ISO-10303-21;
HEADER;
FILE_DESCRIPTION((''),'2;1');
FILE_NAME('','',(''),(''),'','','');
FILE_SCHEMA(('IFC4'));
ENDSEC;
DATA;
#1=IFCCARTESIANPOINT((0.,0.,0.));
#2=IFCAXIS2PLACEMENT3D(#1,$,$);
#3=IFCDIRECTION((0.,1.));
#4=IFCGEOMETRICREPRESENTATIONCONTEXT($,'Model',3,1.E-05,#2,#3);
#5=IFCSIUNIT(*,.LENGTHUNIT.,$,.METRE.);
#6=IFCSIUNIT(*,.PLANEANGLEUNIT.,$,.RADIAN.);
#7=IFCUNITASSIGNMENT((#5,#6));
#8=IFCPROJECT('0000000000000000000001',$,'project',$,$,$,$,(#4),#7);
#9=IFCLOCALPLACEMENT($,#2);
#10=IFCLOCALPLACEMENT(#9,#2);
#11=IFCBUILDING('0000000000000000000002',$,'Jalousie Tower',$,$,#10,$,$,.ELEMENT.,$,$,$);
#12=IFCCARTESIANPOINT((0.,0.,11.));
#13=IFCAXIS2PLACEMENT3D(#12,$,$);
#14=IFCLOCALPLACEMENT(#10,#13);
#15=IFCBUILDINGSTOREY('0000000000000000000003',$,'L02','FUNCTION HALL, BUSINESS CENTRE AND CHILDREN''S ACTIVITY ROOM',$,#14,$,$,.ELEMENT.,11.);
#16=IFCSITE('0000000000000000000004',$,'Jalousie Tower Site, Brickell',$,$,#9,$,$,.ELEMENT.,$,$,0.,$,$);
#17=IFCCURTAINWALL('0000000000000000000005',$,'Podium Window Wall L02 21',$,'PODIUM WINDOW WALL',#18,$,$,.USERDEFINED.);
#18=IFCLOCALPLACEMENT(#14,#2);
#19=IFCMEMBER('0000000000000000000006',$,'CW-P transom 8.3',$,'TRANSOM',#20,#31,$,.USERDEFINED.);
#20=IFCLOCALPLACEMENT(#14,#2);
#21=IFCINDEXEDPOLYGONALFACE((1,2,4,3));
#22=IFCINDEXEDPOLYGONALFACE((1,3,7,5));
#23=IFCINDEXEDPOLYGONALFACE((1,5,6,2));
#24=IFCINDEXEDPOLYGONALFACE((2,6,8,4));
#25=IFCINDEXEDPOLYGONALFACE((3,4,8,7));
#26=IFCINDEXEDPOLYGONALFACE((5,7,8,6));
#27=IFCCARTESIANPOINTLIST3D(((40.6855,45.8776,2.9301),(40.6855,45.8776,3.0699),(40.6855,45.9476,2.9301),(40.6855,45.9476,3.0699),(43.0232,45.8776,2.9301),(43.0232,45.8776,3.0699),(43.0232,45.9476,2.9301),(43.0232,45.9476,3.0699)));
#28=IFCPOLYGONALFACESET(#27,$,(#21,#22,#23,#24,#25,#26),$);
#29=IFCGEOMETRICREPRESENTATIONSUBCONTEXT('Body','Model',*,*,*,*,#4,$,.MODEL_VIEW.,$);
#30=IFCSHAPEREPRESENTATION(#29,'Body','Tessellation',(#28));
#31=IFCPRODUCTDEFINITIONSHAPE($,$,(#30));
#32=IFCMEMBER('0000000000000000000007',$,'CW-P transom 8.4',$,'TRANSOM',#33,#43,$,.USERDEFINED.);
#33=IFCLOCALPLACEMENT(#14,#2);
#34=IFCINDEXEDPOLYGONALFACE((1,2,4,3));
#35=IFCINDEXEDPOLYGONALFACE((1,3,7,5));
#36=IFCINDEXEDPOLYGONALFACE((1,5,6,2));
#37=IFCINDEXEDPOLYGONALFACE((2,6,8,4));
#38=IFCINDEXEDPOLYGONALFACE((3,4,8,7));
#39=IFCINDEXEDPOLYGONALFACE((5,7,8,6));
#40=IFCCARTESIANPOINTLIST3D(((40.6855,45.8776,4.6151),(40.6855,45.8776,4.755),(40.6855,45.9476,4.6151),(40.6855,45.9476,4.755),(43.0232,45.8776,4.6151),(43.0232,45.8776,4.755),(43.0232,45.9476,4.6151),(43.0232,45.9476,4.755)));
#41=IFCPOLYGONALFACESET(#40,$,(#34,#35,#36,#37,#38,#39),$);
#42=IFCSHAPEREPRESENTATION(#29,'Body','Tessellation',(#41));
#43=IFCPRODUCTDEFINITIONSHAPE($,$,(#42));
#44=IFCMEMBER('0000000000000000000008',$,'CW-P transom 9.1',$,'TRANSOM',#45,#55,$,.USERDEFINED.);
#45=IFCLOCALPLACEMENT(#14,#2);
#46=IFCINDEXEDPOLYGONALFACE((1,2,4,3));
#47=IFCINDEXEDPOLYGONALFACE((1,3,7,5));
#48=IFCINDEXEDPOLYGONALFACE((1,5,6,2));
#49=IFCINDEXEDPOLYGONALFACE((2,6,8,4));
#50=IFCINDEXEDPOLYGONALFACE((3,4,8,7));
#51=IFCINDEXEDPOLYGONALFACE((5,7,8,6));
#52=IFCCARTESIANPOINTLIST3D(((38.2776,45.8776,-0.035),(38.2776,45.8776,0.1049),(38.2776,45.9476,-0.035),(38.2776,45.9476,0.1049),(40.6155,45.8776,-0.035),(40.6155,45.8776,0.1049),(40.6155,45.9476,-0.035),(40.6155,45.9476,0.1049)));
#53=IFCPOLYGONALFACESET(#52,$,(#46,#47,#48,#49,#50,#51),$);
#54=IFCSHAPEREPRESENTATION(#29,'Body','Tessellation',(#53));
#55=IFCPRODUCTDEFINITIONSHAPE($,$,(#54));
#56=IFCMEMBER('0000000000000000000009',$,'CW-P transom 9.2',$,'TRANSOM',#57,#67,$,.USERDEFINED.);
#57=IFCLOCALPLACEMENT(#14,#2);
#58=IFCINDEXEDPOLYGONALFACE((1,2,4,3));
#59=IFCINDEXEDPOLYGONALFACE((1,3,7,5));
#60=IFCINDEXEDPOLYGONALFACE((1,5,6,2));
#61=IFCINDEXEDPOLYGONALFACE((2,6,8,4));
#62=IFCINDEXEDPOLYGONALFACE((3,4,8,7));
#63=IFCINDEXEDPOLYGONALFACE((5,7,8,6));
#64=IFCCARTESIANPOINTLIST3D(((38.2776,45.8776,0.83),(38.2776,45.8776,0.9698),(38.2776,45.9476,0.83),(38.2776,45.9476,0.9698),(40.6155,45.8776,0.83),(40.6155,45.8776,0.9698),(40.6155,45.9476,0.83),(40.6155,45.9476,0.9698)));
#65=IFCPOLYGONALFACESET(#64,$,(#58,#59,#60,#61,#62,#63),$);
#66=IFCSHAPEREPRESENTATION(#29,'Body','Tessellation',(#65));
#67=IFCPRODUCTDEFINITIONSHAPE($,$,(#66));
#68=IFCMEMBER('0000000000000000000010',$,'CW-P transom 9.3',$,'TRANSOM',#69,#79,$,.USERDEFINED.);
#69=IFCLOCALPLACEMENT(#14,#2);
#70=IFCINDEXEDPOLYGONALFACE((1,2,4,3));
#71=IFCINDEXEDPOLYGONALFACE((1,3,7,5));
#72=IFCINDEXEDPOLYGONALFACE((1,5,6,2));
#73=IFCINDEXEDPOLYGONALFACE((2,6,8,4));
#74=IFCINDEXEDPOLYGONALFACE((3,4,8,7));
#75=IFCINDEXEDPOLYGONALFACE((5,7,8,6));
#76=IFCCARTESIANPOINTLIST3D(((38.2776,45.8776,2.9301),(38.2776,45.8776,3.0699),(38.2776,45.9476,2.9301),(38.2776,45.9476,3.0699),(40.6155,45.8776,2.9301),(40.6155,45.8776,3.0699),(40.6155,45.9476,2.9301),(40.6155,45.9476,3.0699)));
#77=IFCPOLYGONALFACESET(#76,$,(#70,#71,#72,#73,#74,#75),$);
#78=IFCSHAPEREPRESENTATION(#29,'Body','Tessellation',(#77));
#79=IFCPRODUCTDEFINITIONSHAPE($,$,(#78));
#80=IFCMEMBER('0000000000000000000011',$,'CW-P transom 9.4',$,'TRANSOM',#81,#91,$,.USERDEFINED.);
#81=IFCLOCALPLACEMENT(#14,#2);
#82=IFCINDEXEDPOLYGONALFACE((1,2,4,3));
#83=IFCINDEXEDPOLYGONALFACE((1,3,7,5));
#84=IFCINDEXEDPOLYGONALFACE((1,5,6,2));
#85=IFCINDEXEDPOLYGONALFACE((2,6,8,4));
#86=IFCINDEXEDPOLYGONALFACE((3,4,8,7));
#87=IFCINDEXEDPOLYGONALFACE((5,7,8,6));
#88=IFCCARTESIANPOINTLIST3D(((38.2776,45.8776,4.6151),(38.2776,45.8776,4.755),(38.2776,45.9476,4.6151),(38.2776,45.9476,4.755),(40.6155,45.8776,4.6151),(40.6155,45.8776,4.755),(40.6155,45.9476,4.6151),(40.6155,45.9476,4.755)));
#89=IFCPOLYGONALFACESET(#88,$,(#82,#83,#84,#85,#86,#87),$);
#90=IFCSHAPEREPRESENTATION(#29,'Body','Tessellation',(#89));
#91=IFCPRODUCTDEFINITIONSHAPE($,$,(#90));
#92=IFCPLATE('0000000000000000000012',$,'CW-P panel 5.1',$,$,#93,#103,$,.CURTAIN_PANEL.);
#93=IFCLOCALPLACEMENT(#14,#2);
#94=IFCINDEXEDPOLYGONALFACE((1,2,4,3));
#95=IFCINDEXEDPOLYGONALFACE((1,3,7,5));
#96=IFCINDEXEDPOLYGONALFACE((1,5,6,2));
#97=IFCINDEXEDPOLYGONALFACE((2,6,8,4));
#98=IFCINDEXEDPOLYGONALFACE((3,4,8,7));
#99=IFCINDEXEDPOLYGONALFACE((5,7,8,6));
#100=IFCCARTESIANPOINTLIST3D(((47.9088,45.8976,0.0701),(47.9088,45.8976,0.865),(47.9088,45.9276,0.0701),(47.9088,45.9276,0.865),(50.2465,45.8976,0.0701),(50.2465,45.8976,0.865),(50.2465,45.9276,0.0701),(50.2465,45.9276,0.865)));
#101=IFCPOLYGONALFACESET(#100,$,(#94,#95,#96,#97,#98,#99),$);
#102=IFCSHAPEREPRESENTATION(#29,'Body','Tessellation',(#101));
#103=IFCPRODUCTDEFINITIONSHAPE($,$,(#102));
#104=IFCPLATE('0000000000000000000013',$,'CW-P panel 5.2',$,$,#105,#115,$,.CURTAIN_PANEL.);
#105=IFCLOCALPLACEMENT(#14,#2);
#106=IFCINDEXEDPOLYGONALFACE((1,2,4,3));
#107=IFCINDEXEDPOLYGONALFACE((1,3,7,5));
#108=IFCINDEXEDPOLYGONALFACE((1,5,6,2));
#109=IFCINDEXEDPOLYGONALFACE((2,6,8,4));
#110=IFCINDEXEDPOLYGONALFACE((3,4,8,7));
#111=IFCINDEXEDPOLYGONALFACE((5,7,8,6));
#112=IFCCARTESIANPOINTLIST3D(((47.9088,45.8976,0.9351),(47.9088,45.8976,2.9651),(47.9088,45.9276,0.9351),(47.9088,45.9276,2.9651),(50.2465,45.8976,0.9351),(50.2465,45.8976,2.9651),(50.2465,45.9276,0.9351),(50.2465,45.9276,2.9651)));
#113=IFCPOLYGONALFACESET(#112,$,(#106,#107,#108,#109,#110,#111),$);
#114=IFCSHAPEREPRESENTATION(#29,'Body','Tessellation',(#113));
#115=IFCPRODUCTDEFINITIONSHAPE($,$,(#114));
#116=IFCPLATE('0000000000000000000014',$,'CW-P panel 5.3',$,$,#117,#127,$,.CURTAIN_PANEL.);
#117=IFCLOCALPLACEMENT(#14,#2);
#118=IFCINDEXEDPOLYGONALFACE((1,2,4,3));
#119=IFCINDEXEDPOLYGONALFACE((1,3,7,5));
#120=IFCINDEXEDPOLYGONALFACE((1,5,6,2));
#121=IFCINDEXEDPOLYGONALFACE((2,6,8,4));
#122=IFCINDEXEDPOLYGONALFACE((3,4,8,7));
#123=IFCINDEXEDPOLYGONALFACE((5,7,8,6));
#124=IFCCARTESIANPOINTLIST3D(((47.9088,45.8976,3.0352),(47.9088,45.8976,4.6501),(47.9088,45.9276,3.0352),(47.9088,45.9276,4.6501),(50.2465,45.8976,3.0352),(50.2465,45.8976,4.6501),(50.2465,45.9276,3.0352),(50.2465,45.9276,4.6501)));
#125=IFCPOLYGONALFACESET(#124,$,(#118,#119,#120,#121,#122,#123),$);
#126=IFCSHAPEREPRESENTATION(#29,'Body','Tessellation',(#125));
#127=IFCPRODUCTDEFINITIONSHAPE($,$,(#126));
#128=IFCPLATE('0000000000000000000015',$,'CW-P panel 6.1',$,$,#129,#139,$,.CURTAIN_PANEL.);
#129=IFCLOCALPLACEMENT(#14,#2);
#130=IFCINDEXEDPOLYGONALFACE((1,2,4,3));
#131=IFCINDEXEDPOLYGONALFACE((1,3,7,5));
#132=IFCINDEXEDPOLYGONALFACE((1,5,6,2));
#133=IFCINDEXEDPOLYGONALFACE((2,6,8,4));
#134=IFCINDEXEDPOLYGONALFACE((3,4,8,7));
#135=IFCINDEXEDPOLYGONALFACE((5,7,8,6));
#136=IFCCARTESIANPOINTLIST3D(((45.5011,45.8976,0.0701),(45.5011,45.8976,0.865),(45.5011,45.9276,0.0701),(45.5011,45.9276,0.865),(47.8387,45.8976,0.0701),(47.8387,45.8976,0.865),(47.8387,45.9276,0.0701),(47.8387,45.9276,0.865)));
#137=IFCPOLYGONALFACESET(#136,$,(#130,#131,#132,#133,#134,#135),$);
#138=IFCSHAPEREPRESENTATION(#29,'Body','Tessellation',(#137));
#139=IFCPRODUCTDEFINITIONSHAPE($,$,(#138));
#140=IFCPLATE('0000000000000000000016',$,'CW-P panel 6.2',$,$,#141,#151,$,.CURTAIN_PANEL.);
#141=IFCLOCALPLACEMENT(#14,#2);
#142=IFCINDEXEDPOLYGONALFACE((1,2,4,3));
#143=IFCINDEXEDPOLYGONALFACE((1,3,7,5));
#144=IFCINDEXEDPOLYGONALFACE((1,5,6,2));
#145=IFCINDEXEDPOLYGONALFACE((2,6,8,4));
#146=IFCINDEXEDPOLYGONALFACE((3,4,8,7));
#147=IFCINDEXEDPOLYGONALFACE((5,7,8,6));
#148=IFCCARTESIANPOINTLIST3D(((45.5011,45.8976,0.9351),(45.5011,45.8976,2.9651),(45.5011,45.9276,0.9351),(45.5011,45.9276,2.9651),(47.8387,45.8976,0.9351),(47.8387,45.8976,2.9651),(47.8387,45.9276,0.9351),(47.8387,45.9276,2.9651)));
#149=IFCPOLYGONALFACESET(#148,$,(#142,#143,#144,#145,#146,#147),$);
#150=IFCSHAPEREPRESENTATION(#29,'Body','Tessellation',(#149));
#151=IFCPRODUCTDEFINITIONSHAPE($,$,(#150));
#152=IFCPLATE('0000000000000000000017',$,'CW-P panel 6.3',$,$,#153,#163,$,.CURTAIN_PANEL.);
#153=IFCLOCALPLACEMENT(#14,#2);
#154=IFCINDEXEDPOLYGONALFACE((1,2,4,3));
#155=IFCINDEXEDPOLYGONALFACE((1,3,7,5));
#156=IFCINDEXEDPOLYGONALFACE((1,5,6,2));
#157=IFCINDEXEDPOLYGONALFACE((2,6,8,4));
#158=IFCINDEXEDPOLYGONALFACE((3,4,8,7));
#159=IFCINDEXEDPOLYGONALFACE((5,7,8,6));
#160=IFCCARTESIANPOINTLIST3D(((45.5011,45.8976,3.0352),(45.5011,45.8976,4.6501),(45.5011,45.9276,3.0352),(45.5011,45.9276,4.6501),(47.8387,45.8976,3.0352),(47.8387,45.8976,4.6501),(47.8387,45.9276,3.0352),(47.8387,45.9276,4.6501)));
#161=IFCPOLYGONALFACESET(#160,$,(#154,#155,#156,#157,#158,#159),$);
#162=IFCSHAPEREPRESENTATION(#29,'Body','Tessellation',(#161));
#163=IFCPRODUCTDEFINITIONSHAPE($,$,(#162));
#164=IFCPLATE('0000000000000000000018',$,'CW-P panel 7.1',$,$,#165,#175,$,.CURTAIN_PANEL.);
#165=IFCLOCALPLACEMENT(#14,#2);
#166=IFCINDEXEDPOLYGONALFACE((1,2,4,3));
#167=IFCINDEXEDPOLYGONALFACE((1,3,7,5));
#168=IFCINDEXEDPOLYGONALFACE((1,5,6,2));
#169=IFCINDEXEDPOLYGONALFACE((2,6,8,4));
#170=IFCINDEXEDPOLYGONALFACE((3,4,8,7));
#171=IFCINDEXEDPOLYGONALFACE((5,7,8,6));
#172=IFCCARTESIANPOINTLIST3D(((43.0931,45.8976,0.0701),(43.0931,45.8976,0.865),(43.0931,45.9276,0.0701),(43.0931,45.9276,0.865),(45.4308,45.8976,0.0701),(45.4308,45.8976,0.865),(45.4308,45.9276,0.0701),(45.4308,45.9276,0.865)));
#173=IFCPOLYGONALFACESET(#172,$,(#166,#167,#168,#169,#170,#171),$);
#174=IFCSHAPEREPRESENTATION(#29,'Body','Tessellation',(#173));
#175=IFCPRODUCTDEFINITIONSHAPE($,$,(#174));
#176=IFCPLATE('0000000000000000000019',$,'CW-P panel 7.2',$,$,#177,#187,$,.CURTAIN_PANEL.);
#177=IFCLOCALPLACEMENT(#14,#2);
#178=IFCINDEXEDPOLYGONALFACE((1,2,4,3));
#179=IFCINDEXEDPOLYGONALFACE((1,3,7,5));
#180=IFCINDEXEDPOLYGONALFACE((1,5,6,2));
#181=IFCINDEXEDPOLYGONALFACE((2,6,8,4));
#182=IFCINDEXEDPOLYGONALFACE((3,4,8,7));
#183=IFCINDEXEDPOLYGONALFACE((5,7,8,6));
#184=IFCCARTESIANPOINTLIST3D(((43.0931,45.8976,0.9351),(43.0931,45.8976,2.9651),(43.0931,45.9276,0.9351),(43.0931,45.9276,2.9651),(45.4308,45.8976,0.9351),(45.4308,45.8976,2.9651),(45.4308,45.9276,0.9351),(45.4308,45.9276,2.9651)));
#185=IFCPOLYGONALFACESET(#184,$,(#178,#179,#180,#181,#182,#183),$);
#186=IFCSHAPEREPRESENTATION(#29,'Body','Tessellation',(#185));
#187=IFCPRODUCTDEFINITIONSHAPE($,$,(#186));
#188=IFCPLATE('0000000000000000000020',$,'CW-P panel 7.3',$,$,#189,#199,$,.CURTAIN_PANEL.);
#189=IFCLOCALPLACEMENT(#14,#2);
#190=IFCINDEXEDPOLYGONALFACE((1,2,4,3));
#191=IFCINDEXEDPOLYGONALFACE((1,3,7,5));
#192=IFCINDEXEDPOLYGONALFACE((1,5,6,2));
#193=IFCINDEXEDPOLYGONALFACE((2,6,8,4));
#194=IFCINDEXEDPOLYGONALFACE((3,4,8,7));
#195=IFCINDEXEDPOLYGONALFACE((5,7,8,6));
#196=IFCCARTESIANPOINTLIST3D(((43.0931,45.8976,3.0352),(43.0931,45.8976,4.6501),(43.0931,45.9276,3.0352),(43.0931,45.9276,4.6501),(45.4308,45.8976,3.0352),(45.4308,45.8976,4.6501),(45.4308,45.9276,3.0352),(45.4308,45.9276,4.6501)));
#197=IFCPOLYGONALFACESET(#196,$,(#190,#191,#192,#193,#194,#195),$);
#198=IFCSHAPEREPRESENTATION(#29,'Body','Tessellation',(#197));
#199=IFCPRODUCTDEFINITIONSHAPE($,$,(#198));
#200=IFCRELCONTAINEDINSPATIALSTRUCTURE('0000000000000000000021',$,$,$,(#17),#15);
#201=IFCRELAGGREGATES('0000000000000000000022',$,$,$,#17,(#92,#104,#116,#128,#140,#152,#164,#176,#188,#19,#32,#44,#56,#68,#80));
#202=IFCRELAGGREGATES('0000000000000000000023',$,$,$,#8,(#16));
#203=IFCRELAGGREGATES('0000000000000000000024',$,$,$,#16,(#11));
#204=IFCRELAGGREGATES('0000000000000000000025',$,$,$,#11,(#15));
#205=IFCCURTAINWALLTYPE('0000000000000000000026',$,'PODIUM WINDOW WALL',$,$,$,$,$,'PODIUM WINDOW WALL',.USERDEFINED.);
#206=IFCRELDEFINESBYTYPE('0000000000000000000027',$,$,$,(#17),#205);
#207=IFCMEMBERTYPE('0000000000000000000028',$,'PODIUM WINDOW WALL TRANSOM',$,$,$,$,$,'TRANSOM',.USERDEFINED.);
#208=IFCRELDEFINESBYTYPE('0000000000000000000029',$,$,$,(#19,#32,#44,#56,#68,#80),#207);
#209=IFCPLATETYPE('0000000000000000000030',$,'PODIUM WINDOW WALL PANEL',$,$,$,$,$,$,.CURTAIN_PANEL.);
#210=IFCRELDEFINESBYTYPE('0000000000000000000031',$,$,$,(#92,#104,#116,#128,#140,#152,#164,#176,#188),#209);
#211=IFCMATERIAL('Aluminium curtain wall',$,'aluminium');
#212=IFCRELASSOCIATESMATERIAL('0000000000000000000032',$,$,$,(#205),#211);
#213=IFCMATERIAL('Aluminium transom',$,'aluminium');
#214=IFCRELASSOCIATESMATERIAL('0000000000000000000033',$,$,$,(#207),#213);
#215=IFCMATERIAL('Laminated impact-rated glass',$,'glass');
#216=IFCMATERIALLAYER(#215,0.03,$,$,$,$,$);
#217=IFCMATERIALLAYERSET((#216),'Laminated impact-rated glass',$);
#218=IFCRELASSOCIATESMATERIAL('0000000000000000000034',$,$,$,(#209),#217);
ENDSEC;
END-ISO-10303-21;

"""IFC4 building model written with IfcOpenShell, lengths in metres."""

from ifc_helpers import new_model, si_unit, direction, frame, origin, origin_2d, place, context, subcontext, project, spatial, rectangle, extrude, material, layer, layer_set, material_profile, profile_set, type_object, element, aggregate, save


model = new_model("IFC4")

# Units and contexts
model_context = context("Model", 3, precision=1e-05, world=origin(), true_north=direction((0.0, 1.0)))
body_context = subcontext(model_context, "Body", "Model", "MODEL_VIEW")
ifc_project = project(units=[si_unit("LENGTHUNIT", "METRE"), si_unit("PLANEANGLEUNIT", "RADIAN")], contexts=[model_context])

# Site, building, storey
site_placement = place(None, origin())
site = spatial("IfcSite", under=ifc_project, at=site_placement, Name="Jalousie Tower Site, Brickell", CompositionType="ELEMENT", RefElevation=0.0)
building_placement = place(site_placement, origin())
building = spatial("IfcBuilding", under=site, at=building_placement, Name="Jalousie Tower", CompositionType="ELEMENT")
storey_placement = place(building_placement, frame((0.0, 0.0, 11.0)))
storey = spatial("IfcBuildingStorey", under=building, at=storey_placement, Name="L02", Description="FUNCTION HALL, BUSINESS CENTRE AND CHILDREN'S ACTIVITY ROOM", CompositionType="ELEMENT", Elevation=11.0)

# Curtain wall, members, plates
ifc_material_1 = material(Name="Aluminium curtain wall", Category="aluminium")
curtain_wall_type = type_object("IfcCurtainWallType", Name="PODIUM WINDOW WALL", ElementType="PODIUM WINDOW WALL", PredefinedType="USERDEFINED", material=ifc_material_1)
curtain_wall_placement = place(storey_placement, origin())
curtain_wall = element("IfcCurtainWall", 1, at=curtain_wall_placement, inside=storey, type_object=curtain_wall_type, Name="Podium Window Wall L02 21", ObjectType="PODIUM WINDOW WALL", PredefinedType="USERDEFINED")
ifc_material_2 = material(Name="Aluminium transom", Category="aluminium")
ifc_material_profile_1 = material_profile(ifc_material_2, rectangle(XDim=0.0701, YDim=0.1399, at=origin_2d()), Name="TRANSOM 70x140")
ifc_profile_set_1 = profile_set([ifc_material_profile_1], Name="Aluminium transom")
member_type_1 = type_object("IfcMemberType", Name="PODIUM WINDOW WALL TRANSOM", ElementType="TRANSOM", PredefinedType="USERDEFINED", material=ifc_profile_set_1)
member_1_placement = place(storey_placement, frame((43.0232, 45.9126, 3.0), z_axis=(-1.0, 0.0, 0.0), x_axis=(0.0, -1.0, 0.0)))
member_1 = element("IfcMember", 2, at=member_1_placement, type_object=member_type_1, Name="CW-P transom 8.3", ObjectType="TRANSOM", PredefinedType="USERDEFINED", context=body_context, shape_type="SweptSolid", body=[
    extrude(rectangle(XDim=0.0701, YDim=0.1399, at=origin_2d()), origin(), (0.0, 0.0, 1.0), 2.3376),
])
member_2_placement = place(storey_placement, frame((43.0232, 45.9126, 4.6851), z_axis=(-1.0, 0.0, 0.0), x_axis=(0.0, -1.0, 0.0)))
member_2 = element("IfcMember", 3, at=member_2_placement, type_object=member_type_1, Name="CW-P transom 8.4", ObjectType="TRANSOM", PredefinedType="USERDEFINED", context=body_context, shape_type="SweptSolid", body=[
    extrude(rectangle(XDim=0.0701, YDim=0.1399, at=origin_2d()), origin(), (0.0, 0.0, 1.0), 2.3376),
])
member_3_placement = place(storey_placement, frame((40.6155, 45.9126, 0.0349), z_axis=(-1.0, 0.0, 0.0), x_axis=(0.0, -1.0, 0.0)))
member_3 = element("IfcMember", 4, at=member_3_placement, type_object=member_type_1, Name="CW-P transom 9.1", ObjectType="TRANSOM", PredefinedType="USERDEFINED", context=body_context, shape_type="SweptSolid", body=[
    extrude(rectangle(XDim=0.0701, YDim=0.1399, at=origin_2d()), origin(), (0.0, 0.0, 1.0), 2.3379),
])
member_4_placement = place(storey_placement, frame((40.6155, 45.9126, 0.8999), z_axis=(-1.0, 0.0, 0.0), x_axis=(0.0, -1.0, 0.0)))
member_4 = element("IfcMember", 5, at=member_4_placement, type_object=member_type_1, Name="CW-P transom 9.2", ObjectType="TRANSOM", PredefinedType="USERDEFINED", context=body_context, shape_type="SweptSolid", body=[
    extrude(rectangle(XDim=0.0701, YDim=0.1399, at=origin_2d()), origin(), (0.0, 0.0, 1.0), 2.3379),
])
member_5_placement = place(storey_placement, frame((40.6155, 45.9126, 3.0), z_axis=(-1.0, 0.0, 0.0), x_axis=(0.0, -1.0, 0.0)))
member_5 = element("IfcMember", 6, at=member_5_placement, type_object=member_type_1, Name="CW-P transom 9.3", ObjectType="TRANSOM", PredefinedType="USERDEFINED", context=body_context, shape_type="SweptSolid", body=[
    extrude(rectangle(XDim=0.0701, YDim=0.1399, at=origin_2d()), origin(), (0.0, 0.0, 1.0), 2.3379),
])
member_6_placement = place(storey_placement, frame((40.6155, 45.9126, 4.6851), z_axis=(-1.0, 0.0, 0.0), x_axis=(0.0, -1.0, 0.0)))
member_6 = element("IfcMember", 7, at=member_6_placement, type_object=member_type_1, Name="CW-P transom 9.4", ObjectType="TRANSOM", PredefinedType="USERDEFINED", context=body_context, shape_type="SweptSolid", body=[
    extrude(rectangle(XDim=0.0701, YDim=0.1399, at=origin_2d()), origin(), (0.0, 0.0, 1.0), 2.3379),
])
ifc_material_3 = material(Name="Laminated impact-rated glass", Category="glass")
ifc_layer = layer(ifc_material_3, 0.03)
ifc_layer_set = layer_set([ifc_layer], Name="Laminated impact-rated glass")
plate_type = type_object("IfcPlateType", Name="PODIUM WINDOW WALL PANEL", PredefinedType="CURTAIN_PANEL", material=ifc_layer_set)
plate_1_placement = place(storey_placement, frame((49.0776, 45.9126, 0.0701), z_axis=(0.0, 0.0, 1.0), x_axis=(-1.0, 0.0, 0.0)))
plate_1 = element("IfcPlate", 8, at=plate_1_placement, type_object=plate_type, Name="CW-P panel 5.1", PredefinedType="CURTAIN_PANEL", context=body_context, shape_type="SweptSolid", body=[
    extrude(rectangle(XDim=2.3376, YDim=0.03, at=origin_2d()), origin(), (0.0, 0.0, 1.0), 0.7949),
])
plate_2_placement = place(storey_placement, frame((49.0776, 45.9126, 0.9351), z_axis=(0.0, 0.0, 1.0), x_axis=(-1.0, 0.0, 0.0)))
plate_2 = element("IfcPlate", 9, at=plate_2_placement, type_object=plate_type, Name="CW-P panel 5.2", PredefinedType="CURTAIN_PANEL", context=body_context, shape_type="SweptSolid", body=[
    extrude(rectangle(XDim=2.3376, YDim=0.03, at=origin_2d()), origin(), (0.0, 0.0, 1.0), 2.03),
])
plate_3_placement = place(storey_placement, frame((49.0776, 45.9126, 3.0352), z_axis=(0.0, 0.0, 1.0), x_axis=(-1.0, 0.0, 0.0)))
plate_3 = element("IfcPlate", 10, at=plate_3_placement, type_object=plate_type, Name="CW-P panel 5.3", PredefinedType="CURTAIN_PANEL", context=body_context, shape_type="SweptSolid", body=[
    extrude(rectangle(XDim=2.3376, YDim=0.03, at=origin_2d()), origin(), (0.0, 0.0, 1.0), 1.615),
])
plate_4_placement = place(storey_placement, frame((46.6699, 45.9126, 0.0701), z_axis=(0.0, 0.0, 1.0), x_axis=(-1.0, 0.0, 0.0)))
plate_4 = element("IfcPlate", 11, at=plate_4_placement, type_object=plate_type, Name="CW-P panel 6.1", PredefinedType="CURTAIN_PANEL", context=body_context, shape_type="SweptSolid", body=[
    extrude(rectangle(XDim=2.3376, YDim=0.03, at=origin_2d()), origin(), (0.0, 0.0, 1.0), 0.7949),
])
plate_5_placement = place(storey_placement, frame((46.6699, 45.9126, 0.9351), z_axis=(0.0, 0.0, 1.0), x_axis=(-1.0, 0.0, 0.0)))
plate_5 = element("IfcPlate", 12, at=plate_5_placement, type_object=plate_type, Name="CW-P panel 6.2", PredefinedType="CURTAIN_PANEL", context=body_context, shape_type="SweptSolid", body=[
    extrude(rectangle(XDim=2.3376, YDim=0.03, at=origin_2d()), origin(), (0.0, 0.0, 1.0), 2.03),
])
plate_6_placement = place(storey_placement, frame((46.6699, 45.9126, 3.0352), z_axis=(0.0, 0.0, 1.0), x_axis=(-1.0, 0.0, 0.0)))
plate_6 = element("IfcPlate", 13, at=plate_6_placement, type_object=plate_type, Name="CW-P panel 6.3", PredefinedType="CURTAIN_PANEL", context=body_context, shape_type="SweptSolid", body=[
    extrude(rectangle(XDim=2.3376, YDim=0.03, at=origin_2d()), origin(), (0.0, 0.0, 1.0), 1.615),
])
plate_7_placement = place(storey_placement, frame((44.262, 45.9126, 0.0701), z_axis=(0.0, 0.0, 1.0), x_axis=(-1.0, 0.0, 0.0)))
plate_7 = element("IfcPlate", 14, at=plate_7_placement, type_object=plate_type, Name="CW-P panel 7.1", PredefinedType="CURTAIN_PANEL", context=body_context, shape_type="SweptSolid", body=[
    extrude(rectangle(XDim=2.3376, YDim=0.03, at=origin_2d()), origin(), (0.0, 0.0, 1.0), 0.7949),
])
plate_8_placement = place(storey_placement, frame((44.262, 45.9126, 0.9351), z_axis=(0.0, 0.0, 1.0), x_axis=(-1.0, 0.0, 0.0)))
plate_8 = element("IfcPlate", 15, at=plate_8_placement, type_object=plate_type, Name="CW-P panel 7.2", PredefinedType="CURTAIN_PANEL", context=body_context, shape_type="SweptSolid", body=[
    extrude(rectangle(XDim=2.3376, YDim=0.03, at=origin_2d()), origin(), (0.0, 0.0, 1.0), 2.03),
])
plate_9_placement = place(storey_placement, frame((44.262, 45.9126, 3.0352), z_axis=(0.0, 0.0, 1.0), x_axis=(-1.0, 0.0, 0.0)))
plate_9 = element("IfcPlate", 16, at=plate_9_placement, type_object=plate_type, Name="CW-P panel 7.3", PredefinedType="CURTAIN_PANEL", context=body_context, shape_type="SweptSolid", body=[
    extrude(rectangle(XDim=2.3376, YDim=0.03, at=origin_2d()), origin(), (0.0, 0.0, 1.0), 1.615),
])
aggregate(curtain_wall, [plate_1, plate_2, plate_3, plate_4, plate_5, plate_6, plate_7, plate_8, plate_9, member_1, member_2, member_3, member_4, member_5, member_6])

save(model, "model.ifc")
